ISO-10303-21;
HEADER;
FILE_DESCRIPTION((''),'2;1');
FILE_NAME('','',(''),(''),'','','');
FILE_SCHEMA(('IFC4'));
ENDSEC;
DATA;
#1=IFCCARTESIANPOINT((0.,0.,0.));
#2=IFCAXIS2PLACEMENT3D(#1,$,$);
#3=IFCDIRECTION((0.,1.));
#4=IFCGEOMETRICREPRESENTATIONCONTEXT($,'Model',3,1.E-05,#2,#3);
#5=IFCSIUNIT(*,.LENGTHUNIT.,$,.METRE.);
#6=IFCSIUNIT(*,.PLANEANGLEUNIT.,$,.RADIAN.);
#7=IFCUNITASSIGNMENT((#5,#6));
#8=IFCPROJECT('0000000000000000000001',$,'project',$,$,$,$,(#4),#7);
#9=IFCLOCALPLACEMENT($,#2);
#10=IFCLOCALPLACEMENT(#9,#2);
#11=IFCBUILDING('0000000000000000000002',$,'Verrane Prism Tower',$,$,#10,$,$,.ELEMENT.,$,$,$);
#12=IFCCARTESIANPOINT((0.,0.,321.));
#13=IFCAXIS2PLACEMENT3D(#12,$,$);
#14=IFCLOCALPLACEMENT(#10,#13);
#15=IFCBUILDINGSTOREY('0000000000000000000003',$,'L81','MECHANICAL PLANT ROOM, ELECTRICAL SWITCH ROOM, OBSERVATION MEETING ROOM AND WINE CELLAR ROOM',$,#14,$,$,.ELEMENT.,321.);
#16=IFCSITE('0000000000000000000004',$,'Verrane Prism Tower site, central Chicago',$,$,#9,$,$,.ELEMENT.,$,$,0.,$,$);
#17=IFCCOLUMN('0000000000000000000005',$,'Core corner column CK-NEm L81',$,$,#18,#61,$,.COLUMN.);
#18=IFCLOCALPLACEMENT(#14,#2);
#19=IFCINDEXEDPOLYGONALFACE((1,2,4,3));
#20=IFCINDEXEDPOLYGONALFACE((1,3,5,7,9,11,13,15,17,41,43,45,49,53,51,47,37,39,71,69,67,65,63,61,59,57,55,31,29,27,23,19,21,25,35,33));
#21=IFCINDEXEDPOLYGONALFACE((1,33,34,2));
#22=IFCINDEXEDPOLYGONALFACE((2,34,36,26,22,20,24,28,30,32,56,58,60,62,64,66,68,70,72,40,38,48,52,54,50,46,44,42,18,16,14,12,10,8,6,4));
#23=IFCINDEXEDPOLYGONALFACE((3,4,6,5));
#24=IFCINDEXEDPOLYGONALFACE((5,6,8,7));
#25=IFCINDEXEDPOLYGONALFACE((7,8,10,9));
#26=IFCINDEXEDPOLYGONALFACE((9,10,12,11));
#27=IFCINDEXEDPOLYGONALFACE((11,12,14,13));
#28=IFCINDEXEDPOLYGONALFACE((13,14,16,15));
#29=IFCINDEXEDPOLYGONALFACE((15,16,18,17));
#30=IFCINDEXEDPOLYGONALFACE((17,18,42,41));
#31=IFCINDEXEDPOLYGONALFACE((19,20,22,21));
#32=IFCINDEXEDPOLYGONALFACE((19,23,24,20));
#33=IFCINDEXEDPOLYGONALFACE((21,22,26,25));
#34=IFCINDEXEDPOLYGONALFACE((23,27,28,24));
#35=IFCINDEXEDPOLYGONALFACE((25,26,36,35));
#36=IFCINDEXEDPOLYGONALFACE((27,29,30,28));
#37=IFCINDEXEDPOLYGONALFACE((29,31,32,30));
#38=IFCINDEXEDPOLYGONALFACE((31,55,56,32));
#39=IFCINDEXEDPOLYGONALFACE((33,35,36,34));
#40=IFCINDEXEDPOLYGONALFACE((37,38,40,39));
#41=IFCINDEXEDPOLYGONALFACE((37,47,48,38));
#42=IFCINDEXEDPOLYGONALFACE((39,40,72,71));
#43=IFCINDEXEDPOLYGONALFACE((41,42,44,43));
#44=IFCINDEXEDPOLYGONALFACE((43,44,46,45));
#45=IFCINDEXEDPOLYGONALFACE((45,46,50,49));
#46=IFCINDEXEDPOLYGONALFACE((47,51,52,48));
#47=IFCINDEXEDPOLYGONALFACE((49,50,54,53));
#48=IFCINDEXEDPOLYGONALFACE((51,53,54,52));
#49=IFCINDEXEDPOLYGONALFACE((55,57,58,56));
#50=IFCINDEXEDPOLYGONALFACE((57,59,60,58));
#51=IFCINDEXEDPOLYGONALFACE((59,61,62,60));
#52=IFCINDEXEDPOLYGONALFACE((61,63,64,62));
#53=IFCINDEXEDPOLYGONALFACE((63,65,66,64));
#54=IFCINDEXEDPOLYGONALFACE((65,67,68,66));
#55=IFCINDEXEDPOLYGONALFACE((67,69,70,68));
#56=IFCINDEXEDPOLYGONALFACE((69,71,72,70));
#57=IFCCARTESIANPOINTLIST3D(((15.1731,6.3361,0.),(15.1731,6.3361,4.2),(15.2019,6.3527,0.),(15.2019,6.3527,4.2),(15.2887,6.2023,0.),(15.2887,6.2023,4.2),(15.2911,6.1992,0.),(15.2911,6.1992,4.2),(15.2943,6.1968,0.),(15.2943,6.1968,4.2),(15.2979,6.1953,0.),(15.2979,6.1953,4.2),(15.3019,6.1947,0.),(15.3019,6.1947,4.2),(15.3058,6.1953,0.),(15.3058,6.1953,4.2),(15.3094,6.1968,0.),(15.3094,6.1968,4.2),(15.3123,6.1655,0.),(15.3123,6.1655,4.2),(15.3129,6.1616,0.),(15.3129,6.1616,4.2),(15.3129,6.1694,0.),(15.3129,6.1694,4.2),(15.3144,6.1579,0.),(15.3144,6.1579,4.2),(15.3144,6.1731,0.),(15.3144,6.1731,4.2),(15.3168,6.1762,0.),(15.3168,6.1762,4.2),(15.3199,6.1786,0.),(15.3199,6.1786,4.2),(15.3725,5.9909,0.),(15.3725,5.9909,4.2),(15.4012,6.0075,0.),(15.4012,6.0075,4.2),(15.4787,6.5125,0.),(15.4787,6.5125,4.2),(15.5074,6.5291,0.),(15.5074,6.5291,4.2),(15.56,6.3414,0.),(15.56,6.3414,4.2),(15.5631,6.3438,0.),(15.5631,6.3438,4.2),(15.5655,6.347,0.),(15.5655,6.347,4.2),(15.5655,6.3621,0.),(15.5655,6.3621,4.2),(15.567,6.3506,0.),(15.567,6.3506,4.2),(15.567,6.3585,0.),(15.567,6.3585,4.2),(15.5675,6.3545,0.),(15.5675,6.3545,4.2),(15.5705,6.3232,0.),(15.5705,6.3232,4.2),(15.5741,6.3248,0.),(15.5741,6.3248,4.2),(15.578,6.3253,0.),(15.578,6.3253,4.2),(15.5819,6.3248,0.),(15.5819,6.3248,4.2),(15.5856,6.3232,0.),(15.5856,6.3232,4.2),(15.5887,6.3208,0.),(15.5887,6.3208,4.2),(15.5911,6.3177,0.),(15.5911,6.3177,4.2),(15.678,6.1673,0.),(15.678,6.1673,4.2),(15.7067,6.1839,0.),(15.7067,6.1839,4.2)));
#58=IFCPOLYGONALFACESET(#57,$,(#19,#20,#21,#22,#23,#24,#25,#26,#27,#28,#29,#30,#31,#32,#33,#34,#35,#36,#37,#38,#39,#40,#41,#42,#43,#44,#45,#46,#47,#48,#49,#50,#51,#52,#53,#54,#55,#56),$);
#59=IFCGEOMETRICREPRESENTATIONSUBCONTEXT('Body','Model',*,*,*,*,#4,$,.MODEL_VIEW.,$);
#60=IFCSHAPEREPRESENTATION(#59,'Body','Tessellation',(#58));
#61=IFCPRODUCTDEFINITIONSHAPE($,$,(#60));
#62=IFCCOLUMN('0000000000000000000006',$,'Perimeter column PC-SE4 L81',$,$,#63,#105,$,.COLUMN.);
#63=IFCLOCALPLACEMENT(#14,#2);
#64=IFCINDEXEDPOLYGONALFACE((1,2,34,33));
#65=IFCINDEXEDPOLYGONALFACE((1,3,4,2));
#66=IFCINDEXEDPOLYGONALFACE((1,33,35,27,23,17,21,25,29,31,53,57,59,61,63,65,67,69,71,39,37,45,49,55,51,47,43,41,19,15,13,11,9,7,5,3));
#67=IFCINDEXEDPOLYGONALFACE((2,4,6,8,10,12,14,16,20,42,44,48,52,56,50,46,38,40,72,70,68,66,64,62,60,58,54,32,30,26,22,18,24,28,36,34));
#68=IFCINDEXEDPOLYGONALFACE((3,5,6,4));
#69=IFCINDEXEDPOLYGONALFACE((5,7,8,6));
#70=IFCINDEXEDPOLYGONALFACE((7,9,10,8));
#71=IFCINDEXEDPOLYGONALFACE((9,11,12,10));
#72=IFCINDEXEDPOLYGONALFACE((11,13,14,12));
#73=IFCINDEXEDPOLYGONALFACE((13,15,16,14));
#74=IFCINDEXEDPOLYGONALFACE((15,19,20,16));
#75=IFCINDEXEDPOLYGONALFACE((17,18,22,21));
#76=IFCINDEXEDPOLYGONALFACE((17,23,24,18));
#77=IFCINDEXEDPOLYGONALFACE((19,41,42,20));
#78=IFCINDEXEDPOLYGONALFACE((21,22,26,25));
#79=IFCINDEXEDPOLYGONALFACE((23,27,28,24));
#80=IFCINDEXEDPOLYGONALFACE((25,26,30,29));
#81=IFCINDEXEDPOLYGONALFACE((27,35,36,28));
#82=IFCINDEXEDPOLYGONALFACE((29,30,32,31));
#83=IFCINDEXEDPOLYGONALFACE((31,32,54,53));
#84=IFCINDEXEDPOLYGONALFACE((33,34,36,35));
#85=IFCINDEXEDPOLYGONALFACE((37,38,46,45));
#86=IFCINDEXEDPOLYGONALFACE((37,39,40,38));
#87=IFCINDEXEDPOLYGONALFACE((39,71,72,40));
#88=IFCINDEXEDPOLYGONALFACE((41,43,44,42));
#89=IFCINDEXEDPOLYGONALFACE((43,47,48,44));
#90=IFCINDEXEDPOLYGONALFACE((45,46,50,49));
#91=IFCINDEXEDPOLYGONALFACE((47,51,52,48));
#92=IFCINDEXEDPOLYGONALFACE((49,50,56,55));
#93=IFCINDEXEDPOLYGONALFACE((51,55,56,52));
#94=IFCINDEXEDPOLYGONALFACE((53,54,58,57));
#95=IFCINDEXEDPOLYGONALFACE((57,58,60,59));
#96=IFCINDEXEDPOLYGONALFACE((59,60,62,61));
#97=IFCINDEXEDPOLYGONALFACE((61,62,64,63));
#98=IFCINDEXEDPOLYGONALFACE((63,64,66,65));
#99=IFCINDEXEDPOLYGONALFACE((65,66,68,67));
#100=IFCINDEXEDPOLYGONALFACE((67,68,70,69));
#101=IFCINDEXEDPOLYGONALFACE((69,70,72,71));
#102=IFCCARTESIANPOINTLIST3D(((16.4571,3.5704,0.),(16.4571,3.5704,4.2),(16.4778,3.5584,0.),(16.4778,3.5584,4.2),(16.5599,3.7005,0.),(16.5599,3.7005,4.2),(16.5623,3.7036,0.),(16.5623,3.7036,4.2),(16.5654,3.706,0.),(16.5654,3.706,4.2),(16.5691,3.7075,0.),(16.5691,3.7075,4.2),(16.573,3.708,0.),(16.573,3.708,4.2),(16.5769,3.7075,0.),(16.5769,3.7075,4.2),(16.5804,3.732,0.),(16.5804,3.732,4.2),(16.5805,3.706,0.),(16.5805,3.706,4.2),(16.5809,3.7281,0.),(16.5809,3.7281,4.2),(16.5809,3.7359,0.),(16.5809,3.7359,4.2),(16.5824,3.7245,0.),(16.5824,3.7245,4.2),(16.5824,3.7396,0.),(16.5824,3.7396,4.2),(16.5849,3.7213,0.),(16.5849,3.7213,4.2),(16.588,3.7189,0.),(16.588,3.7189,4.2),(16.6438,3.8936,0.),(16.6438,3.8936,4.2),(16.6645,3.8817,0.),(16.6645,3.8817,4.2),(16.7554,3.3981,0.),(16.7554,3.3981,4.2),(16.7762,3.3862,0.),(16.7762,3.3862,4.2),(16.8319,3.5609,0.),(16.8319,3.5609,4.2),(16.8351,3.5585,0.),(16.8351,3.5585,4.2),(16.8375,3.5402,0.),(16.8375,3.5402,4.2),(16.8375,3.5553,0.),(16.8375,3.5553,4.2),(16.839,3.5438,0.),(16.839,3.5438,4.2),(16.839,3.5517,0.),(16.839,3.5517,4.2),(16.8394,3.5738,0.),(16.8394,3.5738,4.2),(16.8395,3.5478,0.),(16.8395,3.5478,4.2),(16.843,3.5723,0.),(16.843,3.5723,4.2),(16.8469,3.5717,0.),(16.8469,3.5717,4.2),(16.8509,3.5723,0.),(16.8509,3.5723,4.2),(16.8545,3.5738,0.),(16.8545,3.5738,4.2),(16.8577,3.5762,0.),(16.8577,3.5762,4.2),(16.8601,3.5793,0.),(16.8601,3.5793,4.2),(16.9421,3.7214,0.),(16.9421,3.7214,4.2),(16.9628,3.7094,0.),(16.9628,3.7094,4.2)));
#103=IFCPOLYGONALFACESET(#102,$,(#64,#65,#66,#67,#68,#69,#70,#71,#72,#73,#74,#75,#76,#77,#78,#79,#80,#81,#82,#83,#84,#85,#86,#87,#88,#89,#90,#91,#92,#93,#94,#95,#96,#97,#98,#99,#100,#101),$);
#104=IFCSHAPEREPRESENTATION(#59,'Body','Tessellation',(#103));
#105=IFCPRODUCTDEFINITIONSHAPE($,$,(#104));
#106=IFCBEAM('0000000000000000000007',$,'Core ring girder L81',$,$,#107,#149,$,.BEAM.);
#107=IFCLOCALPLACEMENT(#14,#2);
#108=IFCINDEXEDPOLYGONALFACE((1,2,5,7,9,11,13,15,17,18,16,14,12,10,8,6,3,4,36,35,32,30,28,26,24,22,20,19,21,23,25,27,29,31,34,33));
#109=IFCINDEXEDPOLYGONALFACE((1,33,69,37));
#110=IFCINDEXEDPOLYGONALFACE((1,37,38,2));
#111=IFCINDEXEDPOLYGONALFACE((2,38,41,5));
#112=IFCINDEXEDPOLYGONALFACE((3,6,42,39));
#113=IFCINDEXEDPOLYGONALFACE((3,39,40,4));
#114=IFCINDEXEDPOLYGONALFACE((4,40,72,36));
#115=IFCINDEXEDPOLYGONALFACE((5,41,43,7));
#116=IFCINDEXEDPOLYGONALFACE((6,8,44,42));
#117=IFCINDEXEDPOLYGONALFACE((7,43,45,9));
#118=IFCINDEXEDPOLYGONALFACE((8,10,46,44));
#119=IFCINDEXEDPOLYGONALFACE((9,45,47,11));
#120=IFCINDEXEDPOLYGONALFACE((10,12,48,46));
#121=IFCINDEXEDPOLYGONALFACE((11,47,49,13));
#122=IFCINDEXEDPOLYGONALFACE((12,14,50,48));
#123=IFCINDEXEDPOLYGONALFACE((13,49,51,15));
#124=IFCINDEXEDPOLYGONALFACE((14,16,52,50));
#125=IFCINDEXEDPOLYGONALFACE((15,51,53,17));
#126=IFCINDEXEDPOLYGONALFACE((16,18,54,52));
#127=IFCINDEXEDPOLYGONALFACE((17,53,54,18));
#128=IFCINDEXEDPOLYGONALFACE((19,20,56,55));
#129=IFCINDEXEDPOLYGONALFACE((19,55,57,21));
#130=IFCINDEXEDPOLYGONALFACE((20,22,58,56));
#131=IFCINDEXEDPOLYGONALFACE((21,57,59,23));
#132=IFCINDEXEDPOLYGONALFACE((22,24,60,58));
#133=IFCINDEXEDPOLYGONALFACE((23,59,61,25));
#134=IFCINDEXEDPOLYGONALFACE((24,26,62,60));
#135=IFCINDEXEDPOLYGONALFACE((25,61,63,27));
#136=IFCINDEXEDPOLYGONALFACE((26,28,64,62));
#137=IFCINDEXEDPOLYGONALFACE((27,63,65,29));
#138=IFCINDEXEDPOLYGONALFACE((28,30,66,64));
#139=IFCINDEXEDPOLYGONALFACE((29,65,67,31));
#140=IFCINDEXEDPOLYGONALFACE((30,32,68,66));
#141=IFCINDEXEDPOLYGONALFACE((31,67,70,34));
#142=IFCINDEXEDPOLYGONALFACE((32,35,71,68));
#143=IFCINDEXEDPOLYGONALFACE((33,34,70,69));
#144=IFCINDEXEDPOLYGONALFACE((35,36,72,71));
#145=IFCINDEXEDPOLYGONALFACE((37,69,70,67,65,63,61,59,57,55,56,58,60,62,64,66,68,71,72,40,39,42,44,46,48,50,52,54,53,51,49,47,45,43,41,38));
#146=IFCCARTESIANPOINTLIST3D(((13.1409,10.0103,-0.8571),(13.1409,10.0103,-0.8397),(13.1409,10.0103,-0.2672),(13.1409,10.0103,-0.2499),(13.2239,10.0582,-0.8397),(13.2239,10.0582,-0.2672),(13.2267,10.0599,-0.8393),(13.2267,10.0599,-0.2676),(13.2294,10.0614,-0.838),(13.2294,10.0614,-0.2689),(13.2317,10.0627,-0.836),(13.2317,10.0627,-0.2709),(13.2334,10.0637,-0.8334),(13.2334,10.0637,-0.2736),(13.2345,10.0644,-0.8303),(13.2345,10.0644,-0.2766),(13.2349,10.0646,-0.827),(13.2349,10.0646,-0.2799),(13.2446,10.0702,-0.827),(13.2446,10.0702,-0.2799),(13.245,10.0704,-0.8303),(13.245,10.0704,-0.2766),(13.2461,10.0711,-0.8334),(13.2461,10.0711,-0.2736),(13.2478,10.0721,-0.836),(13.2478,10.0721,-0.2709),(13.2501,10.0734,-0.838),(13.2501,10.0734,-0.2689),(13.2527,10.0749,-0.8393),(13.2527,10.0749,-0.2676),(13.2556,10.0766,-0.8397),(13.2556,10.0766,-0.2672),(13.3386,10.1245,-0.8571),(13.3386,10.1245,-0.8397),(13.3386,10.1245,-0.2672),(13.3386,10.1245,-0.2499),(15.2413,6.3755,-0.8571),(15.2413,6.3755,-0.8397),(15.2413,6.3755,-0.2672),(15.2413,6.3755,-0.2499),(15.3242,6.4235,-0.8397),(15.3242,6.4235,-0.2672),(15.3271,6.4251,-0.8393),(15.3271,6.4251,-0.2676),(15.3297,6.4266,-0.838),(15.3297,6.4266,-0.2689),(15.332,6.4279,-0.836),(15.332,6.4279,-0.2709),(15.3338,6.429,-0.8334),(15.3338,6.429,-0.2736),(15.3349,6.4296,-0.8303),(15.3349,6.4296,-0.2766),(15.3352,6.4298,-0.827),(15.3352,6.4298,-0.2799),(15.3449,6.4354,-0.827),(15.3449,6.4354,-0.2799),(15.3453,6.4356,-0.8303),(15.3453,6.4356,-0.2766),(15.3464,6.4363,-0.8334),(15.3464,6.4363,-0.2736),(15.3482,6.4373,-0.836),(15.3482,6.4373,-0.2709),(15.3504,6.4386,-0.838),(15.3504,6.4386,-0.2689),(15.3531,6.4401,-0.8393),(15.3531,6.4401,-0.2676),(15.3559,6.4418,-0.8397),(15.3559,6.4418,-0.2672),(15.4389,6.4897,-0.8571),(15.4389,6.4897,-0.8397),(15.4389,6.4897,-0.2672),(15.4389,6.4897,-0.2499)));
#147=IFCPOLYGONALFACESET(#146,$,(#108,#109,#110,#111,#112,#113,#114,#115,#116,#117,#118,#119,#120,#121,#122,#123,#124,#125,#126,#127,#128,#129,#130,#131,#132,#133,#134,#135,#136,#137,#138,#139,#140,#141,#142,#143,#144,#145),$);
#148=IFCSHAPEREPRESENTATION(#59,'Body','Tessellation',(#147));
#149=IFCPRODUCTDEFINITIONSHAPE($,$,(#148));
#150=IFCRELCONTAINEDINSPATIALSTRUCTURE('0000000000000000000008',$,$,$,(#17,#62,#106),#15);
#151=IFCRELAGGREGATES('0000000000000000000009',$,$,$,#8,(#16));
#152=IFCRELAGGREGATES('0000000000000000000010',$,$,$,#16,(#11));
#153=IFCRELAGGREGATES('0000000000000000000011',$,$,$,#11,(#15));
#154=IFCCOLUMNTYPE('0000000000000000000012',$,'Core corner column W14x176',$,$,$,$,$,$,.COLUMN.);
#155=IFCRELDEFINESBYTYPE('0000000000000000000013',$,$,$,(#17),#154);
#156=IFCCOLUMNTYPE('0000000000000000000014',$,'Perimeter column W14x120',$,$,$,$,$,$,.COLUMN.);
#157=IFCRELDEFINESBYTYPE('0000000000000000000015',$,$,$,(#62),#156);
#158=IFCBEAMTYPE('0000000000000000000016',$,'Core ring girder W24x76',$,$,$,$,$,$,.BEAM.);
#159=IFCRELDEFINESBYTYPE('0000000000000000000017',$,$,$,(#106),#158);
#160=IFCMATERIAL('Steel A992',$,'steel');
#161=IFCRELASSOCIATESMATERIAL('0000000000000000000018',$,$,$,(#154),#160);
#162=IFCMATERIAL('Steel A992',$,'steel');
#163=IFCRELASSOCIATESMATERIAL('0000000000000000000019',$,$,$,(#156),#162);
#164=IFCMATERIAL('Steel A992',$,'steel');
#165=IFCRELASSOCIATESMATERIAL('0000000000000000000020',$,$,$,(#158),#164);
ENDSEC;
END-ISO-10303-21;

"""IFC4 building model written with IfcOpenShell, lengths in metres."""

from ifc_helpers import new_model, si_unit, direction, frame, origin, origin_2d, place, context, subcontext, project, spatial, i_section, extrude, material, material_profile, profile_set, type_object, element, save


model = new_model("IFC4")

# Units and contexts
model_context = context("Model", 3, precision=1e-05, world=origin(), true_north=direction((0.0, 1.0)))
body_context = subcontext(model_context, "Body", "Model", "MODEL_VIEW")
ifc_project = project(units=[si_unit("LENGTHUNIT", "METRE"), si_unit("PLANEANGLEUNIT", "RADIAN")], contexts=[model_context])

# Site, building, storey
site_placement = place(None, origin())
site = spatial("IfcSite", under=ifc_project, at=site_placement, Name="Verrane Prism Tower site, central Chicago", CompositionType="ELEMENT", RefElevation=0.0)
building_placement = place(site_placement, origin())
building = spatial("IfcBuilding", under=site, at=building_placement, Name="Verrane Prism Tower", CompositionType="ELEMENT")
storey_placement = place(building_placement, frame((0.0, 0.0, 321.0)))
storey = spatial("IfcBuildingStorey", under=building, at=storey_placement, Name="L81", Description="MECHANICAL PLANT ROOM, ELECTRICAL SWITCH ROOM, OBSERVATION MEETING ROOM AND WINE CELLAR ROOM", CompositionType="ELEMENT", Elevation=321.0)

# Columns
ifc_material_1 = material(Name="Steel A992", Category="steel")
ifc_material_profile_1 = material_profile(ifc_material_1, i_section(OverallWidth=0.3987, OverallDepth=0.386, WebThickness=0.021, FlangeThickness=0.0332, FilletRadius=0.0151, at=origin_2d()), Name="W14x176")
ifc_profile_set_1 = profile_set([ifc_material_profile_1], Name="Steel A992")
column_type_1 = type_object("IfcColumnType", Name="Core corner column W14x176", PredefinedType="COLUMN", material=ifc_profile_set_1)
column_1_placement = place(storey_placement, frame((15.4399, 6.26, 0.0), z_axis=(0.0, 0.0, 1.0), x_axis=(0.5, -0.866025, 0.0)))
element("IfcColumn", 1, at=column_1_placement, inside=storey, type_object=column_type_1, Name="Core corner column CK-NEm L81", PredefinedType="COLUMN", context=body_context, shape_type="SweptSolid", body=[
    extrude(i_section(OverallWidth=0.3987, OverallDepth=0.386, WebThickness=0.021, FlangeThickness=0.0332, FilletRadius=0.0151, at=origin_2d()), origin(), (0.0, 0.0, 1.0), 4.2),
])
ifc_material_2 = material(Name="Steel A992", Category="steel")
ifc_material_profile_2 = material_profile(ifc_material_2, i_section(OverallWidth=0.3733, OverallDepth=0.3684, WebThickness=0.0149, FlangeThickness=0.0239, FilletRadius=0.0151, at=origin_2d()), Name="W14x120")
ifc_profile_set_2 = profile_set([ifc_material_profile_2], Name="Steel A992")
column_type_2 = type_object("IfcColumnType", Name="Perimeter column W14x120", PredefinedType="COLUMN", material=ifc_profile_set_2)
column_2_placement = place(storey_placement, frame((16.71, 3.6399, 0.0), z_axis=(0.0, 0.0, 1.0), x_axis=(-0.5, -0.866025, 0.0)))
element("IfcColumn", 2, at=column_2_placement, inside=storey, type_object=column_type_2, Name="Perimeter column PC-SE4 L81", PredefinedType="COLUMN", context=body_context, shape_type="SweptSolid", body=[
    extrude(i_section(OverallWidth=0.3733, OverallDepth=0.3684, WebThickness=0.0149, FlangeThickness=0.0239, FilletRadius=0.0151, at=origin_2d()), origin(), (0.0, 0.0, 1.0), 4.2),
])

# Beam
ifc_material_3 = material(Name="Steel A992", Category="steel")
ifc_material_profile_3 = material_profile(ifc_material_3, i_section(OverallWidth=0.2283, OverallDepth=0.6072, WebThickness=0.0112, FlangeThickness=0.0173, FilletRadius=0.0127, at=origin_2d()), Name="W24x76")
ifc_profile_set_3 = profile_set([ifc_material_profile_3], Name="Steel A992")
beam_type_1 = type_object("IfcBeamType", Name="Core ring girder W24x76", PredefinedType="BEAM", material=ifc_profile_set_3)
beam_1_placement = place(storey_placement, frame((15.3401, 6.4326, -0.5535), z_axis=(-0.500323, 0.865839, 0.0), x_axis=(-0.865839, -0.500323, 0.0)))
element("IfcBeam", 3, at=beam_1_placement, inside=storey, type_object=beam_type_1, Name="Core ring girder L81", PredefinedType="BEAM", context=body_context, shape_type="SweptSolid", body=[
    extrude(i_section(OverallWidth=0.2283, OverallDepth=0.6072, WebThickness=0.0112, FlangeThickness=0.0173, FilletRadius=0.0127, at=origin_2d()), origin(), (0.0, 0.0, 1.0), 4.198),
])

save(model, "model.ifc")
